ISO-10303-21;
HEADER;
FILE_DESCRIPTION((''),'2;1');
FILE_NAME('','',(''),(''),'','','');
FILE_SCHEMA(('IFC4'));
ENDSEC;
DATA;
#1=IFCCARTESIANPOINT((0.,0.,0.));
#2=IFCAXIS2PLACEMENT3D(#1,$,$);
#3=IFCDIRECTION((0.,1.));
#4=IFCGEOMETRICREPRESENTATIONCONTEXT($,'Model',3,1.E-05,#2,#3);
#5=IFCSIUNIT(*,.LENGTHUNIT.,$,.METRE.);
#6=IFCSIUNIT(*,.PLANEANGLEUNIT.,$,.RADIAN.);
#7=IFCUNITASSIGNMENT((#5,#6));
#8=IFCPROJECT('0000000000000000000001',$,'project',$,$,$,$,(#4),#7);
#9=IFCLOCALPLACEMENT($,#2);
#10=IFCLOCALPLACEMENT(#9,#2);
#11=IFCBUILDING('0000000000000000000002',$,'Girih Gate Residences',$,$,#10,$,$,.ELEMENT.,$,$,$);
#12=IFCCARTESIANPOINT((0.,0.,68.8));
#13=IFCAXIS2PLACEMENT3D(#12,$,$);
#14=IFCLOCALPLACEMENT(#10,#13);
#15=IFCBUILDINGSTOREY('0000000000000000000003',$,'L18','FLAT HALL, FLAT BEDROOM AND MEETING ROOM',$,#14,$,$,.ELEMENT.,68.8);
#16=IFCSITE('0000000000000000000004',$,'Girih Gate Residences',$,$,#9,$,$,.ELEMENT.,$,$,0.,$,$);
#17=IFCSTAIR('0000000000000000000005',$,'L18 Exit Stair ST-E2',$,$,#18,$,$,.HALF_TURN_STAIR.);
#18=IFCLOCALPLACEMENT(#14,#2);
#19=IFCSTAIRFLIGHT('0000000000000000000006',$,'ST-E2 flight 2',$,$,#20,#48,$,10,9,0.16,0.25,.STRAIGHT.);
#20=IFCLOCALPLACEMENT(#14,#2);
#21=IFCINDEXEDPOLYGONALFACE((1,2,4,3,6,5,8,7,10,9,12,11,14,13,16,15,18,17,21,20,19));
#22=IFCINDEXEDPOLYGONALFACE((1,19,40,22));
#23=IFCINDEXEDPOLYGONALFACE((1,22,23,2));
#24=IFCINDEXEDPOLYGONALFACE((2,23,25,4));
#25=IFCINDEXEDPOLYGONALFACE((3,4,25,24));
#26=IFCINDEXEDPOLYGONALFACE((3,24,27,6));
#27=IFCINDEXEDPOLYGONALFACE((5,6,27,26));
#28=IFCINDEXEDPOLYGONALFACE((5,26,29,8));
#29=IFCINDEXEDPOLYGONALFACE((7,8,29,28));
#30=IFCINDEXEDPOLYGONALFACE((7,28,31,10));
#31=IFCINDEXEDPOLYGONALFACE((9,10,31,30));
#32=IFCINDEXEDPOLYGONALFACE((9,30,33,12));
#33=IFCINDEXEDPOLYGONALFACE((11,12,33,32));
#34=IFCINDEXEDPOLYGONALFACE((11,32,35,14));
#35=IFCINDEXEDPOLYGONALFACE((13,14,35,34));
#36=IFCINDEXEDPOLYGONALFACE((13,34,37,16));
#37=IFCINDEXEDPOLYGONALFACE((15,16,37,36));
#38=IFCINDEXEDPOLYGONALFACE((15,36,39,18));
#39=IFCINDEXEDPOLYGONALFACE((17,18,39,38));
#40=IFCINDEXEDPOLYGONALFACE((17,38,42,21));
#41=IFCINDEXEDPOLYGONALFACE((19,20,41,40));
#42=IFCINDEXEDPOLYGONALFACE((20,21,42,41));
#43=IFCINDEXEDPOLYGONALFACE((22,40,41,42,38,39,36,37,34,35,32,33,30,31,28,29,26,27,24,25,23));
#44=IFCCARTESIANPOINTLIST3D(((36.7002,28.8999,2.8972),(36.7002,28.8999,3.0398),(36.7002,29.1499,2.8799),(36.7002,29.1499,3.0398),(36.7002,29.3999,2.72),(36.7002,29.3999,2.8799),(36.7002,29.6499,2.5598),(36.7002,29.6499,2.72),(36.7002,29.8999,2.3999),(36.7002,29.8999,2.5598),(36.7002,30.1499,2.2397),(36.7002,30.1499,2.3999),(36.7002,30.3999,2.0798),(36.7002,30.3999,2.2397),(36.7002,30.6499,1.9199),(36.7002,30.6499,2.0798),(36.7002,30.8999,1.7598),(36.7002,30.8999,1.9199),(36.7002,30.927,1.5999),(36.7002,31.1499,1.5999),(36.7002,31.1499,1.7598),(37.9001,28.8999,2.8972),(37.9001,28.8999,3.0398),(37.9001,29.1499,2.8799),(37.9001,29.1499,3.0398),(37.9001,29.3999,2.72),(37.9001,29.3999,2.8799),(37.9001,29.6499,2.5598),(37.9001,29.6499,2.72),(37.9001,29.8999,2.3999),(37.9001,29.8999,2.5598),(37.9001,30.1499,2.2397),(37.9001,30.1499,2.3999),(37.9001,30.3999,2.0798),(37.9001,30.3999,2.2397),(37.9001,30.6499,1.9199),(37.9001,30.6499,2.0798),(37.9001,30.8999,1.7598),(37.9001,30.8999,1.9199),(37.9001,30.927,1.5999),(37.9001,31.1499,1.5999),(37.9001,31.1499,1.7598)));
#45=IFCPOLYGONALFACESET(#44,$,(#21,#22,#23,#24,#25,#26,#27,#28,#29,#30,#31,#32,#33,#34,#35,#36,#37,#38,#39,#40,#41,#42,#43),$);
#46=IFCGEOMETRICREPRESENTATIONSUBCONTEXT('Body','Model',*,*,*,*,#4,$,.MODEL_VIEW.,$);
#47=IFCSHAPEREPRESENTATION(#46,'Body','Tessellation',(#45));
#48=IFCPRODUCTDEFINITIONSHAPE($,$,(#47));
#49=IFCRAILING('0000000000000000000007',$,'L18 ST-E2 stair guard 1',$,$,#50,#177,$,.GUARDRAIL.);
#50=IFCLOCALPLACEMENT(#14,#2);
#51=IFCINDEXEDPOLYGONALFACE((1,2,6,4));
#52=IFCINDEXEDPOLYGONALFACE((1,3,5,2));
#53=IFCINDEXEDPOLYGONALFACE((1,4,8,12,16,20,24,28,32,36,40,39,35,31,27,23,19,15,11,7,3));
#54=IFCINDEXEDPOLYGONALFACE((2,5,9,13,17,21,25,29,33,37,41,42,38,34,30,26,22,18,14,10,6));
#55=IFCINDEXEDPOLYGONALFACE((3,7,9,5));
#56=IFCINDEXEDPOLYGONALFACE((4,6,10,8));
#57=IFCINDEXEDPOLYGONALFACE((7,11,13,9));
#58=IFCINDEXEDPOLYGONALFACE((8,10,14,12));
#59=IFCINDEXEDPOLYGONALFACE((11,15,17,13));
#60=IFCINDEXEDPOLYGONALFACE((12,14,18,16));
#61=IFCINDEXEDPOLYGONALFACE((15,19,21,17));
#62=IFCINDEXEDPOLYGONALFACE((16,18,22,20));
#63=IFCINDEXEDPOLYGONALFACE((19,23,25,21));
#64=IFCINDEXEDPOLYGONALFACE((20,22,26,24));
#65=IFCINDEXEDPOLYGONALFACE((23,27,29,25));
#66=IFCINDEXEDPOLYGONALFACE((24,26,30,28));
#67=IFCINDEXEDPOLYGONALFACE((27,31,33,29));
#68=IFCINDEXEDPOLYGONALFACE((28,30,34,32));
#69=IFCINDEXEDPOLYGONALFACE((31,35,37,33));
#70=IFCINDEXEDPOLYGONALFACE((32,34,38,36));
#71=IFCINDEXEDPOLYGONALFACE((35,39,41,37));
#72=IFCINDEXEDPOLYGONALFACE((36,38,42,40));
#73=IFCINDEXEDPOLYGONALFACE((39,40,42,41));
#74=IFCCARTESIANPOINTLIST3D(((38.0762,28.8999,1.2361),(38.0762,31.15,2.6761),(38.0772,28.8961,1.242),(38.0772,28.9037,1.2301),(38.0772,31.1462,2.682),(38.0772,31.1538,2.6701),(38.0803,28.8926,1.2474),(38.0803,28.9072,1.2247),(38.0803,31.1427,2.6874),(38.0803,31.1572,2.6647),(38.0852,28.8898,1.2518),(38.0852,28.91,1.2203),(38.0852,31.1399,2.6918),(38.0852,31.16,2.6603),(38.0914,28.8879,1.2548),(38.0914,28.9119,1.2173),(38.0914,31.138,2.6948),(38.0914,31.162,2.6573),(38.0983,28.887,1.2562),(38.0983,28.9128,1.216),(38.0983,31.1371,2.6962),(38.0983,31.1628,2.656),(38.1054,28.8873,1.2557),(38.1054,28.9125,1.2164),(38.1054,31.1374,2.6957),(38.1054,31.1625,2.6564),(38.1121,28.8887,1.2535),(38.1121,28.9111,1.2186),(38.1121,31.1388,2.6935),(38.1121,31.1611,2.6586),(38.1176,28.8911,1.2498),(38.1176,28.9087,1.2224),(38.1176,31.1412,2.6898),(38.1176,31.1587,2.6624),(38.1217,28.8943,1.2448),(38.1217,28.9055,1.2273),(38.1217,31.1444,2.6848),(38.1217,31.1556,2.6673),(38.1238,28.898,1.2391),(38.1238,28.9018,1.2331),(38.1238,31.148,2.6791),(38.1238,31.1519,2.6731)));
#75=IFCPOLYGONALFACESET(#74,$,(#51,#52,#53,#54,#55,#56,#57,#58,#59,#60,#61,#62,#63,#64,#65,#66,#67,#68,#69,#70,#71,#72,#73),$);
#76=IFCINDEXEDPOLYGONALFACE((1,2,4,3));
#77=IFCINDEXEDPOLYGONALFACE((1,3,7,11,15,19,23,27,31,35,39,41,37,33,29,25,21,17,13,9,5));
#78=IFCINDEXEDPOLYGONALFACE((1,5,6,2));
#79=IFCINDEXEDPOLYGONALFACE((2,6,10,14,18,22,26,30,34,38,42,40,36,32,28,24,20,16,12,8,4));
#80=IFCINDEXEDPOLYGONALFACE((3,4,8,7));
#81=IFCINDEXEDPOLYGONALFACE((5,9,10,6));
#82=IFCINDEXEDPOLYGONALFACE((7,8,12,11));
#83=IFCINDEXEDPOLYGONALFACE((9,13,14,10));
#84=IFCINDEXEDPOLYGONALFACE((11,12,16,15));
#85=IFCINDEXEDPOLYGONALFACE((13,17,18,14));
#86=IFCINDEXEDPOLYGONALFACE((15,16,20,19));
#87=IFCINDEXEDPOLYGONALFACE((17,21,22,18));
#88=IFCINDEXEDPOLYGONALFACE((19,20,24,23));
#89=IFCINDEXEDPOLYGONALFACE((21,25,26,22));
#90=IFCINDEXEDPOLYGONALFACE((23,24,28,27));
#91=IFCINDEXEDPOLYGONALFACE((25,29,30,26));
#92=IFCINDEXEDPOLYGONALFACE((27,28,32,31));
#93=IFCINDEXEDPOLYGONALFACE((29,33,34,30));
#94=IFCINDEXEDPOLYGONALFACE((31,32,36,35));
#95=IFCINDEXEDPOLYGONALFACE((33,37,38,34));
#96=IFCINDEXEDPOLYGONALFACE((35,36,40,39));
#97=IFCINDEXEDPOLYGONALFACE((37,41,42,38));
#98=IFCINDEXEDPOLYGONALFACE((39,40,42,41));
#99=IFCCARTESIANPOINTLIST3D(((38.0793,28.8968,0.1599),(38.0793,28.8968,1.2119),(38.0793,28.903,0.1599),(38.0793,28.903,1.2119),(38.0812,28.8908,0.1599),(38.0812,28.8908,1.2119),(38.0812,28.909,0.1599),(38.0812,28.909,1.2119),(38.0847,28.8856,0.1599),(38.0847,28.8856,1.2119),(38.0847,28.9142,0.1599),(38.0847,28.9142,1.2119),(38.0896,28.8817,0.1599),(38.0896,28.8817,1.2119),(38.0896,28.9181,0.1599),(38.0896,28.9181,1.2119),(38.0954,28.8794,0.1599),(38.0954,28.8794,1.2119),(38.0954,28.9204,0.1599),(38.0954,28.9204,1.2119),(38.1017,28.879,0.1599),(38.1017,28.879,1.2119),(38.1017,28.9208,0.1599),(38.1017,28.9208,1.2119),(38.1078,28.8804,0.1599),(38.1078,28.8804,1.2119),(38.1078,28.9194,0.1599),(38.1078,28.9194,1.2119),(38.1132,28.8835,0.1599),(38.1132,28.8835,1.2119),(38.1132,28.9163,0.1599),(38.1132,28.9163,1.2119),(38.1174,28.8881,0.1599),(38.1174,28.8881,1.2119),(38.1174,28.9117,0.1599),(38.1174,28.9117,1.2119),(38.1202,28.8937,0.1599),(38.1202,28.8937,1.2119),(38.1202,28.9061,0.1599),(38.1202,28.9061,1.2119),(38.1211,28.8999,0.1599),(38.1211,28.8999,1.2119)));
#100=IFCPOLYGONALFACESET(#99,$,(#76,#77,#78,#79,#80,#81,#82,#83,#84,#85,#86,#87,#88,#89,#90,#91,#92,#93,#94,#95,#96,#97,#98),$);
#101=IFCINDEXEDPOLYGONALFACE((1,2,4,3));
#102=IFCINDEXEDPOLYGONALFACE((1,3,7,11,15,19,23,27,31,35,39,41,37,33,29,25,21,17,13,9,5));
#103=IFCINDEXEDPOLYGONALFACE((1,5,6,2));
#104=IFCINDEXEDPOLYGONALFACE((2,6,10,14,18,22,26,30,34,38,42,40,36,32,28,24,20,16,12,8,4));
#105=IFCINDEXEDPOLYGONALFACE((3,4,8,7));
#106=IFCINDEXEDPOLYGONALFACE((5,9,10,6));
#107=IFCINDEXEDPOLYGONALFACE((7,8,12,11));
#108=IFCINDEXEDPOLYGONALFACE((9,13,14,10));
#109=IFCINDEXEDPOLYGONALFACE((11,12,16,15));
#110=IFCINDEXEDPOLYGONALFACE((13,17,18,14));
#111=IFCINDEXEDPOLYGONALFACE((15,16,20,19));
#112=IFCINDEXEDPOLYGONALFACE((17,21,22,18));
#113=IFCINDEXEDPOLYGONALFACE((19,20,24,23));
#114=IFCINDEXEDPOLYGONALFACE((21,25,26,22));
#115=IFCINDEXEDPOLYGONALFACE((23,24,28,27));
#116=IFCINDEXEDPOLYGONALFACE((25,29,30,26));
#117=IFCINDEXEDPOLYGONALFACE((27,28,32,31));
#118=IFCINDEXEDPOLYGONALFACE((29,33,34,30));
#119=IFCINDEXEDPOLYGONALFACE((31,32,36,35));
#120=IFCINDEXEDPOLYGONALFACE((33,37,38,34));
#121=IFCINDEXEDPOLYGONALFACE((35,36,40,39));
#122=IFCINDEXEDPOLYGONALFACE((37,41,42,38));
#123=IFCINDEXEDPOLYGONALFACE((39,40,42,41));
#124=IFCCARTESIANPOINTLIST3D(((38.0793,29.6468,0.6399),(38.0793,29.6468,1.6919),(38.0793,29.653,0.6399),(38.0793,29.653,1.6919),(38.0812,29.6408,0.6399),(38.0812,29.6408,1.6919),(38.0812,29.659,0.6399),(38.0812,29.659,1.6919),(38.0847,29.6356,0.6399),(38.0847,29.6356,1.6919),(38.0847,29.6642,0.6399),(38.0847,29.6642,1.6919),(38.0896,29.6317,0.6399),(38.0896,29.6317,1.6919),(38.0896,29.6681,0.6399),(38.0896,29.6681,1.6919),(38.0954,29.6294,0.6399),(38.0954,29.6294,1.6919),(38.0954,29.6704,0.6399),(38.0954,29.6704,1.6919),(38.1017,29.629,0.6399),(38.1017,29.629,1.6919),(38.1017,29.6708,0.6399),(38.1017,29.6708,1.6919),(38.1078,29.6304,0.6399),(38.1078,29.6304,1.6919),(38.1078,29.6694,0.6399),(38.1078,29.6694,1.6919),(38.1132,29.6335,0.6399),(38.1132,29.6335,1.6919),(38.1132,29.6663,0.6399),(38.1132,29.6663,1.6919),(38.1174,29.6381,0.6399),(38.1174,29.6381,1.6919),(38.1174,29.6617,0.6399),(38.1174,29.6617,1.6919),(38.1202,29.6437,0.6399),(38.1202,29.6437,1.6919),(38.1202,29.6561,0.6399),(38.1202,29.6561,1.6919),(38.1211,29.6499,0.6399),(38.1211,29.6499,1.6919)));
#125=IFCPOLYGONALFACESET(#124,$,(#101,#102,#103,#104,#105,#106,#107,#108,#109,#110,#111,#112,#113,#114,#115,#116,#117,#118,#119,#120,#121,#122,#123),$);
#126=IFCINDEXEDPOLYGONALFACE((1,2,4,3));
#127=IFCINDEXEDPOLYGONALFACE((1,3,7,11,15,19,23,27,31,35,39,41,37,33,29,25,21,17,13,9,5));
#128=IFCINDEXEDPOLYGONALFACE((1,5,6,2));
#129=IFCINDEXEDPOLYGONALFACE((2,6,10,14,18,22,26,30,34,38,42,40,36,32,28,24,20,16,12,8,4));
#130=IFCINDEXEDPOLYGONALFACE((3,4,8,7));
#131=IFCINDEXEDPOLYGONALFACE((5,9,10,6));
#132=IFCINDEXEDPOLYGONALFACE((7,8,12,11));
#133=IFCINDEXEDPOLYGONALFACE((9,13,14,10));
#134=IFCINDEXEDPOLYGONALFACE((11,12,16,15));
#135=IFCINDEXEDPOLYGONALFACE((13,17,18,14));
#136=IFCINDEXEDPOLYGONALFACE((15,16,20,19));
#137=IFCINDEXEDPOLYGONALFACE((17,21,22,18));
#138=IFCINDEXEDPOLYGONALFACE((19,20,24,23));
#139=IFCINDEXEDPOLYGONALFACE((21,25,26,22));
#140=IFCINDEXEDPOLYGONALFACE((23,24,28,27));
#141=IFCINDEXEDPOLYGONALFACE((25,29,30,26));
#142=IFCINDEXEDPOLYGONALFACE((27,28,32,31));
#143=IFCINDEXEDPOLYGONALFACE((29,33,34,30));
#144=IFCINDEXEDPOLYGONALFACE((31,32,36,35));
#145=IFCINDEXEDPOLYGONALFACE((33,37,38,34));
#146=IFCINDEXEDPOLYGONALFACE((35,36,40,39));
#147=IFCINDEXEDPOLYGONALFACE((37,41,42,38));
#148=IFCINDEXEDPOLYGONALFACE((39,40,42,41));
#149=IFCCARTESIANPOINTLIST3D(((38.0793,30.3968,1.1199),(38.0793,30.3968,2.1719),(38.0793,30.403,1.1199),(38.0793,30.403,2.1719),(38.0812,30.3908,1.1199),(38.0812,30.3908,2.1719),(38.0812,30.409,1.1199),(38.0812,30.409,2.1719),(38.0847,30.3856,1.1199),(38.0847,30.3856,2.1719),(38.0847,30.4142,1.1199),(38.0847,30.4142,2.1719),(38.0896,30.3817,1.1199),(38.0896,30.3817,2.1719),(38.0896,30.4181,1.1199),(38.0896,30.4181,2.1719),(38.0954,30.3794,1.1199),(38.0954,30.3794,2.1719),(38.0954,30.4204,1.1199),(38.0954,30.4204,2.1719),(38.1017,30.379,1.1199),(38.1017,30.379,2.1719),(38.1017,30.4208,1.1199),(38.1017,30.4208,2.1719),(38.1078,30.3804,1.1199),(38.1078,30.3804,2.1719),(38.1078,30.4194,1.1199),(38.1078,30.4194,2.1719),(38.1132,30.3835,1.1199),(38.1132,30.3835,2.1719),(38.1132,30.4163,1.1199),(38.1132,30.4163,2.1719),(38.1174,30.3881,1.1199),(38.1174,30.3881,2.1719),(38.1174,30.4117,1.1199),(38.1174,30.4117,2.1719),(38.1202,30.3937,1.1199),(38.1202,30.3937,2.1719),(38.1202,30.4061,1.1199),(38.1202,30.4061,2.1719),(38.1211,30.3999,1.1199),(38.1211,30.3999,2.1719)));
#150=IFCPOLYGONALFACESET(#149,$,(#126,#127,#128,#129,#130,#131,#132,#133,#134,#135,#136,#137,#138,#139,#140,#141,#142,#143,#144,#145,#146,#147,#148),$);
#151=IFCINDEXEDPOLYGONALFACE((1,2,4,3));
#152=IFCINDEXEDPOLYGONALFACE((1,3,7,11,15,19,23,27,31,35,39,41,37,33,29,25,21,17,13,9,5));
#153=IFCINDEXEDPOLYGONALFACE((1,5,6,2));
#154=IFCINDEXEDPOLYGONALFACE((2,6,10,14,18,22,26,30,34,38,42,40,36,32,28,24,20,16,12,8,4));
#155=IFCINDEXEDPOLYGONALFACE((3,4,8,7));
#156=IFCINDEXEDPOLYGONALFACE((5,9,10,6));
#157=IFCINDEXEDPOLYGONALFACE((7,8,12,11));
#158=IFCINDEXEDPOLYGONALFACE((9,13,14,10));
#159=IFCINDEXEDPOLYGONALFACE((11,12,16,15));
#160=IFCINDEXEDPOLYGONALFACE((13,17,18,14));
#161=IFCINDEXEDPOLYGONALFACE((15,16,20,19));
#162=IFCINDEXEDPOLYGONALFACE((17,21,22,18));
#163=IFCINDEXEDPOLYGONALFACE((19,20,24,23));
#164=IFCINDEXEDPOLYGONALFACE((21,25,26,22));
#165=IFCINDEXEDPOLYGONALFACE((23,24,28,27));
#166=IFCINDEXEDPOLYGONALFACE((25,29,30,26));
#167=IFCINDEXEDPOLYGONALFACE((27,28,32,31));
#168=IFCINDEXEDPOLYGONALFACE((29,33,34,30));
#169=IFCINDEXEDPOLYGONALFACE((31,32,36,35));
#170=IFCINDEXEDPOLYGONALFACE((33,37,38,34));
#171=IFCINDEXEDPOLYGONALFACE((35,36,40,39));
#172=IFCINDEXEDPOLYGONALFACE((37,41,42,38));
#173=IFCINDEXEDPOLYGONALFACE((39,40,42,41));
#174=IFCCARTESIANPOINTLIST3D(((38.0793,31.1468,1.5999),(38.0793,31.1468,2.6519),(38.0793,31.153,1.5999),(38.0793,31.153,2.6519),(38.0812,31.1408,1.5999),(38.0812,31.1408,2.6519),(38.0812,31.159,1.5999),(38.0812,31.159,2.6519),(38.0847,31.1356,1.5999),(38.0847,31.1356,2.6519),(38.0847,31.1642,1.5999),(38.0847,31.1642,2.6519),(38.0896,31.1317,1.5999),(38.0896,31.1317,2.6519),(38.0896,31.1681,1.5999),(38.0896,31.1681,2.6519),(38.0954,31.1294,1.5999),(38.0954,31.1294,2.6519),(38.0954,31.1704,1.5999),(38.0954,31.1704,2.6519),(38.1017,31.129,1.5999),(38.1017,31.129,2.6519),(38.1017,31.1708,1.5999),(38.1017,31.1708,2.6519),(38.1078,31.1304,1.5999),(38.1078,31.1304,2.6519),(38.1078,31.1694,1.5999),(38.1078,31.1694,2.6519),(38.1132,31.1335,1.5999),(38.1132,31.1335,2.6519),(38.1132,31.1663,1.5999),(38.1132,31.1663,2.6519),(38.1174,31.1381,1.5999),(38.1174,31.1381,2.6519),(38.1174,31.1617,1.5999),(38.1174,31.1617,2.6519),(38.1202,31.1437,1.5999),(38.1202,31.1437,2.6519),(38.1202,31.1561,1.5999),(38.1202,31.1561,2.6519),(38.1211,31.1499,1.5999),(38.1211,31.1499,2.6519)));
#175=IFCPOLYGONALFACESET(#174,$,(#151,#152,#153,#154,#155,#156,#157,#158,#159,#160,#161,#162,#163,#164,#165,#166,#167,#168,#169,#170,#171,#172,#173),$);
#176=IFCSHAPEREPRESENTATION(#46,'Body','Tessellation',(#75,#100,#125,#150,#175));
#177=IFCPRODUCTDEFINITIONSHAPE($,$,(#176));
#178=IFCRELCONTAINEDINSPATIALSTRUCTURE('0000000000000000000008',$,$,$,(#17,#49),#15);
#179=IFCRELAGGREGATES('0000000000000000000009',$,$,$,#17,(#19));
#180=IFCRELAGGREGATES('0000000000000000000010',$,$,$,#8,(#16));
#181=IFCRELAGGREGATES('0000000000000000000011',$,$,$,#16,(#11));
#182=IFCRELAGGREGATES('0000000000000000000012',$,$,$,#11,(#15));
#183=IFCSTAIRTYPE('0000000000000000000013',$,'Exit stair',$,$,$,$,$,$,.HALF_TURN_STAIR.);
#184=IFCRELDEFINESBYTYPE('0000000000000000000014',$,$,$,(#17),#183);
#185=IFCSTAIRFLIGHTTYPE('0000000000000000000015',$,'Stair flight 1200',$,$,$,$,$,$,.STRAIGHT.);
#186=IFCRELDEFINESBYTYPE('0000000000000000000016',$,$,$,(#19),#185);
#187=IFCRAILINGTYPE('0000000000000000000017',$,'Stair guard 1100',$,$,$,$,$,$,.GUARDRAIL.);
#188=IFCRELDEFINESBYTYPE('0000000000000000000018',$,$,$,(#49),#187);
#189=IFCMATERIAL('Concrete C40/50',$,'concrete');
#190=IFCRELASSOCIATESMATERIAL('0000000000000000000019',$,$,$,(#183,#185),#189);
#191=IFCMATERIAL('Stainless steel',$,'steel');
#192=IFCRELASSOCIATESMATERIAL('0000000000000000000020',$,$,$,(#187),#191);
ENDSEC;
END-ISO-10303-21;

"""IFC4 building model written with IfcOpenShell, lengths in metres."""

from ifc_helpers import new_model, si_unit, direction, frame, origin, origin_2d, place, context, subcontext, project, spatial, polyline, circle, outline, extrude, material, type_object, element, aggregate, save


model = new_model("IFC4")

# Units and contexts
model_context = context("Model", 3, precision=1e-05, world=origin(), true_north=direction((0.0, 1.0)))
body_context = subcontext(model_context, "Body", "Model", "MODEL_VIEW")
ifc_project = project(units=[si_unit("LENGTHUNIT", "METRE"), si_unit("PLANEANGLEUNIT", "RADIAN")], contexts=[model_context])

# Site, building, storey
site_placement = place(None, origin())
site = spatial("IfcSite", under=ifc_project, at=site_placement, Name="Girih Gate Residences", CompositionType="ELEMENT", RefElevation=0.0)
building_placement = place(site_placement, origin())
building = spatial("IfcBuilding", under=site, at=building_placement, Name="Girih Gate Residences", CompositionType="ELEMENT")
storey_placement = place(building_placement, frame((0.0, 0.0, 68.8)))
storey = spatial("IfcBuildingStorey", under=building, at=storey_placement, Name="L18", Description="FLAT HALL, FLAT BEDROOM AND MEETING ROOM", CompositionType="ELEMENT", Elevation=68.8)

# Stair, stair flight
ifc_material_1 = material(Name="Concrete C40/50", Category="concrete")
stair_type = type_object("IfcStairType", Name="Exit stair", PredefinedType="HALF_TURN_STAIR", material=ifc_material_1)
stair_placement = place(storey_placement, origin())
stair = element("IfcStair", 1, at=stair_placement, inside=storey, type_object=stair_type, Name="L18 Exit Stair ST-E2", PredefinedType="HALF_TURN_STAIR")
stair_flight_type = type_object("IfcStairFlightType", Name="Stair flight 1200", PredefinedType="STRAIGHT", material=ifc_material_1)
stair_flight_1_placement = place(storey_placement, frame((37.3, 31.1499, 1.5999), z_axis=(0.0, 0.0, 1.0), x_axis=(0.0, -1.0, 0.0)))
stair_flight_1 = element("IfcStairFlight", 2, at=stair_flight_1_placement, type_object=stair_flight_type, Name="ST-E2 flight 2", NumberOfRisers=10, NumberOfTreads=9, PredefinedType="STRAIGHT", RiserHeight=0.16, TreadLength=0.25, context=body_context, shape_type="SweptSolid", body=[
    extrude(outline(polyline([(0.0, 0.0), (0.0, 0.1599), (0.25, 0.1599), (0.25, 0.3201), (0.5, 0.3201), (0.5, 0.48), (0.75, 0.48), (0.75, 0.6399), (1.0, 0.6399), (1.0, 0.8), (1.25, 0.8), (1.25, 0.96), (1.5, 0.96), (1.5, 1.1201), (1.75, 1.1201), (1.75, 1.28), (2.0, 1.28), (2.0, 1.4399), (2.25, 1.4399), (2.25, 1.6001), (2.25, 1.2974), (0.2229, 0.0), (0.0, 0.0)])), frame((0.0, 0.6001, 0.0), z_axis=(0.0, -1.0, 0.0), x_axis=(1.0, 0.0, 0.0)), (0.0, 0.0, 1.0), 1.2),
])
aggregate(stair, [stair_flight_1])

# Railing
ifc_material_2 = material(Name="Stainless steel", Category="steel")
railing_type_1 = type_object("IfcRailingType", Name="Stair guard 1100", PredefinedType="GUARDRAIL", material=ifc_material_2)
railing_1_placement = place(storey_placement, frame((38.1001, 28.8999, 0.1599)))
element("IfcRailing", 3, at=railing_1_placement, inside=storey, type_object=railing_type_1, Name="L18 ST-E2 stair guard 1", PredefinedType="GUARDRAIL", context=body_context, shape_type="SweptSolid", body=[
    extrude(circle(Radius=0.0239, at=origin_2d()), frame((0.0, 0.0, 1.0762), z_axis=(0.0, 0.842281, 0.539038), x_axis=(-1.0, 0.0, 0.0)), (0.0, 0.0, 1.0), 2.6714),
    extrude(circle(Radius=0.021, at=origin_2d()), origin(), (0.0, 0.0, 1.0), 1.052),
    extrude(circle(Radius=0.021, at=origin_2d()), frame((0.0, 0.75, 0.48)), (0.0, 0.0, 1.0), 1.052),
    extrude(circle(Radius=0.021, at=origin_2d()), frame((0.0, 1.5, 0.96)), (0.0, 0.0, 1.0), 1.052),
    extrude(circle(Radius=0.021, at=origin_2d()), frame((0.0, 2.25, 1.4399)), (0.0, 0.0, 1.0), 1.052),
])

save(model, "model.ifc")
